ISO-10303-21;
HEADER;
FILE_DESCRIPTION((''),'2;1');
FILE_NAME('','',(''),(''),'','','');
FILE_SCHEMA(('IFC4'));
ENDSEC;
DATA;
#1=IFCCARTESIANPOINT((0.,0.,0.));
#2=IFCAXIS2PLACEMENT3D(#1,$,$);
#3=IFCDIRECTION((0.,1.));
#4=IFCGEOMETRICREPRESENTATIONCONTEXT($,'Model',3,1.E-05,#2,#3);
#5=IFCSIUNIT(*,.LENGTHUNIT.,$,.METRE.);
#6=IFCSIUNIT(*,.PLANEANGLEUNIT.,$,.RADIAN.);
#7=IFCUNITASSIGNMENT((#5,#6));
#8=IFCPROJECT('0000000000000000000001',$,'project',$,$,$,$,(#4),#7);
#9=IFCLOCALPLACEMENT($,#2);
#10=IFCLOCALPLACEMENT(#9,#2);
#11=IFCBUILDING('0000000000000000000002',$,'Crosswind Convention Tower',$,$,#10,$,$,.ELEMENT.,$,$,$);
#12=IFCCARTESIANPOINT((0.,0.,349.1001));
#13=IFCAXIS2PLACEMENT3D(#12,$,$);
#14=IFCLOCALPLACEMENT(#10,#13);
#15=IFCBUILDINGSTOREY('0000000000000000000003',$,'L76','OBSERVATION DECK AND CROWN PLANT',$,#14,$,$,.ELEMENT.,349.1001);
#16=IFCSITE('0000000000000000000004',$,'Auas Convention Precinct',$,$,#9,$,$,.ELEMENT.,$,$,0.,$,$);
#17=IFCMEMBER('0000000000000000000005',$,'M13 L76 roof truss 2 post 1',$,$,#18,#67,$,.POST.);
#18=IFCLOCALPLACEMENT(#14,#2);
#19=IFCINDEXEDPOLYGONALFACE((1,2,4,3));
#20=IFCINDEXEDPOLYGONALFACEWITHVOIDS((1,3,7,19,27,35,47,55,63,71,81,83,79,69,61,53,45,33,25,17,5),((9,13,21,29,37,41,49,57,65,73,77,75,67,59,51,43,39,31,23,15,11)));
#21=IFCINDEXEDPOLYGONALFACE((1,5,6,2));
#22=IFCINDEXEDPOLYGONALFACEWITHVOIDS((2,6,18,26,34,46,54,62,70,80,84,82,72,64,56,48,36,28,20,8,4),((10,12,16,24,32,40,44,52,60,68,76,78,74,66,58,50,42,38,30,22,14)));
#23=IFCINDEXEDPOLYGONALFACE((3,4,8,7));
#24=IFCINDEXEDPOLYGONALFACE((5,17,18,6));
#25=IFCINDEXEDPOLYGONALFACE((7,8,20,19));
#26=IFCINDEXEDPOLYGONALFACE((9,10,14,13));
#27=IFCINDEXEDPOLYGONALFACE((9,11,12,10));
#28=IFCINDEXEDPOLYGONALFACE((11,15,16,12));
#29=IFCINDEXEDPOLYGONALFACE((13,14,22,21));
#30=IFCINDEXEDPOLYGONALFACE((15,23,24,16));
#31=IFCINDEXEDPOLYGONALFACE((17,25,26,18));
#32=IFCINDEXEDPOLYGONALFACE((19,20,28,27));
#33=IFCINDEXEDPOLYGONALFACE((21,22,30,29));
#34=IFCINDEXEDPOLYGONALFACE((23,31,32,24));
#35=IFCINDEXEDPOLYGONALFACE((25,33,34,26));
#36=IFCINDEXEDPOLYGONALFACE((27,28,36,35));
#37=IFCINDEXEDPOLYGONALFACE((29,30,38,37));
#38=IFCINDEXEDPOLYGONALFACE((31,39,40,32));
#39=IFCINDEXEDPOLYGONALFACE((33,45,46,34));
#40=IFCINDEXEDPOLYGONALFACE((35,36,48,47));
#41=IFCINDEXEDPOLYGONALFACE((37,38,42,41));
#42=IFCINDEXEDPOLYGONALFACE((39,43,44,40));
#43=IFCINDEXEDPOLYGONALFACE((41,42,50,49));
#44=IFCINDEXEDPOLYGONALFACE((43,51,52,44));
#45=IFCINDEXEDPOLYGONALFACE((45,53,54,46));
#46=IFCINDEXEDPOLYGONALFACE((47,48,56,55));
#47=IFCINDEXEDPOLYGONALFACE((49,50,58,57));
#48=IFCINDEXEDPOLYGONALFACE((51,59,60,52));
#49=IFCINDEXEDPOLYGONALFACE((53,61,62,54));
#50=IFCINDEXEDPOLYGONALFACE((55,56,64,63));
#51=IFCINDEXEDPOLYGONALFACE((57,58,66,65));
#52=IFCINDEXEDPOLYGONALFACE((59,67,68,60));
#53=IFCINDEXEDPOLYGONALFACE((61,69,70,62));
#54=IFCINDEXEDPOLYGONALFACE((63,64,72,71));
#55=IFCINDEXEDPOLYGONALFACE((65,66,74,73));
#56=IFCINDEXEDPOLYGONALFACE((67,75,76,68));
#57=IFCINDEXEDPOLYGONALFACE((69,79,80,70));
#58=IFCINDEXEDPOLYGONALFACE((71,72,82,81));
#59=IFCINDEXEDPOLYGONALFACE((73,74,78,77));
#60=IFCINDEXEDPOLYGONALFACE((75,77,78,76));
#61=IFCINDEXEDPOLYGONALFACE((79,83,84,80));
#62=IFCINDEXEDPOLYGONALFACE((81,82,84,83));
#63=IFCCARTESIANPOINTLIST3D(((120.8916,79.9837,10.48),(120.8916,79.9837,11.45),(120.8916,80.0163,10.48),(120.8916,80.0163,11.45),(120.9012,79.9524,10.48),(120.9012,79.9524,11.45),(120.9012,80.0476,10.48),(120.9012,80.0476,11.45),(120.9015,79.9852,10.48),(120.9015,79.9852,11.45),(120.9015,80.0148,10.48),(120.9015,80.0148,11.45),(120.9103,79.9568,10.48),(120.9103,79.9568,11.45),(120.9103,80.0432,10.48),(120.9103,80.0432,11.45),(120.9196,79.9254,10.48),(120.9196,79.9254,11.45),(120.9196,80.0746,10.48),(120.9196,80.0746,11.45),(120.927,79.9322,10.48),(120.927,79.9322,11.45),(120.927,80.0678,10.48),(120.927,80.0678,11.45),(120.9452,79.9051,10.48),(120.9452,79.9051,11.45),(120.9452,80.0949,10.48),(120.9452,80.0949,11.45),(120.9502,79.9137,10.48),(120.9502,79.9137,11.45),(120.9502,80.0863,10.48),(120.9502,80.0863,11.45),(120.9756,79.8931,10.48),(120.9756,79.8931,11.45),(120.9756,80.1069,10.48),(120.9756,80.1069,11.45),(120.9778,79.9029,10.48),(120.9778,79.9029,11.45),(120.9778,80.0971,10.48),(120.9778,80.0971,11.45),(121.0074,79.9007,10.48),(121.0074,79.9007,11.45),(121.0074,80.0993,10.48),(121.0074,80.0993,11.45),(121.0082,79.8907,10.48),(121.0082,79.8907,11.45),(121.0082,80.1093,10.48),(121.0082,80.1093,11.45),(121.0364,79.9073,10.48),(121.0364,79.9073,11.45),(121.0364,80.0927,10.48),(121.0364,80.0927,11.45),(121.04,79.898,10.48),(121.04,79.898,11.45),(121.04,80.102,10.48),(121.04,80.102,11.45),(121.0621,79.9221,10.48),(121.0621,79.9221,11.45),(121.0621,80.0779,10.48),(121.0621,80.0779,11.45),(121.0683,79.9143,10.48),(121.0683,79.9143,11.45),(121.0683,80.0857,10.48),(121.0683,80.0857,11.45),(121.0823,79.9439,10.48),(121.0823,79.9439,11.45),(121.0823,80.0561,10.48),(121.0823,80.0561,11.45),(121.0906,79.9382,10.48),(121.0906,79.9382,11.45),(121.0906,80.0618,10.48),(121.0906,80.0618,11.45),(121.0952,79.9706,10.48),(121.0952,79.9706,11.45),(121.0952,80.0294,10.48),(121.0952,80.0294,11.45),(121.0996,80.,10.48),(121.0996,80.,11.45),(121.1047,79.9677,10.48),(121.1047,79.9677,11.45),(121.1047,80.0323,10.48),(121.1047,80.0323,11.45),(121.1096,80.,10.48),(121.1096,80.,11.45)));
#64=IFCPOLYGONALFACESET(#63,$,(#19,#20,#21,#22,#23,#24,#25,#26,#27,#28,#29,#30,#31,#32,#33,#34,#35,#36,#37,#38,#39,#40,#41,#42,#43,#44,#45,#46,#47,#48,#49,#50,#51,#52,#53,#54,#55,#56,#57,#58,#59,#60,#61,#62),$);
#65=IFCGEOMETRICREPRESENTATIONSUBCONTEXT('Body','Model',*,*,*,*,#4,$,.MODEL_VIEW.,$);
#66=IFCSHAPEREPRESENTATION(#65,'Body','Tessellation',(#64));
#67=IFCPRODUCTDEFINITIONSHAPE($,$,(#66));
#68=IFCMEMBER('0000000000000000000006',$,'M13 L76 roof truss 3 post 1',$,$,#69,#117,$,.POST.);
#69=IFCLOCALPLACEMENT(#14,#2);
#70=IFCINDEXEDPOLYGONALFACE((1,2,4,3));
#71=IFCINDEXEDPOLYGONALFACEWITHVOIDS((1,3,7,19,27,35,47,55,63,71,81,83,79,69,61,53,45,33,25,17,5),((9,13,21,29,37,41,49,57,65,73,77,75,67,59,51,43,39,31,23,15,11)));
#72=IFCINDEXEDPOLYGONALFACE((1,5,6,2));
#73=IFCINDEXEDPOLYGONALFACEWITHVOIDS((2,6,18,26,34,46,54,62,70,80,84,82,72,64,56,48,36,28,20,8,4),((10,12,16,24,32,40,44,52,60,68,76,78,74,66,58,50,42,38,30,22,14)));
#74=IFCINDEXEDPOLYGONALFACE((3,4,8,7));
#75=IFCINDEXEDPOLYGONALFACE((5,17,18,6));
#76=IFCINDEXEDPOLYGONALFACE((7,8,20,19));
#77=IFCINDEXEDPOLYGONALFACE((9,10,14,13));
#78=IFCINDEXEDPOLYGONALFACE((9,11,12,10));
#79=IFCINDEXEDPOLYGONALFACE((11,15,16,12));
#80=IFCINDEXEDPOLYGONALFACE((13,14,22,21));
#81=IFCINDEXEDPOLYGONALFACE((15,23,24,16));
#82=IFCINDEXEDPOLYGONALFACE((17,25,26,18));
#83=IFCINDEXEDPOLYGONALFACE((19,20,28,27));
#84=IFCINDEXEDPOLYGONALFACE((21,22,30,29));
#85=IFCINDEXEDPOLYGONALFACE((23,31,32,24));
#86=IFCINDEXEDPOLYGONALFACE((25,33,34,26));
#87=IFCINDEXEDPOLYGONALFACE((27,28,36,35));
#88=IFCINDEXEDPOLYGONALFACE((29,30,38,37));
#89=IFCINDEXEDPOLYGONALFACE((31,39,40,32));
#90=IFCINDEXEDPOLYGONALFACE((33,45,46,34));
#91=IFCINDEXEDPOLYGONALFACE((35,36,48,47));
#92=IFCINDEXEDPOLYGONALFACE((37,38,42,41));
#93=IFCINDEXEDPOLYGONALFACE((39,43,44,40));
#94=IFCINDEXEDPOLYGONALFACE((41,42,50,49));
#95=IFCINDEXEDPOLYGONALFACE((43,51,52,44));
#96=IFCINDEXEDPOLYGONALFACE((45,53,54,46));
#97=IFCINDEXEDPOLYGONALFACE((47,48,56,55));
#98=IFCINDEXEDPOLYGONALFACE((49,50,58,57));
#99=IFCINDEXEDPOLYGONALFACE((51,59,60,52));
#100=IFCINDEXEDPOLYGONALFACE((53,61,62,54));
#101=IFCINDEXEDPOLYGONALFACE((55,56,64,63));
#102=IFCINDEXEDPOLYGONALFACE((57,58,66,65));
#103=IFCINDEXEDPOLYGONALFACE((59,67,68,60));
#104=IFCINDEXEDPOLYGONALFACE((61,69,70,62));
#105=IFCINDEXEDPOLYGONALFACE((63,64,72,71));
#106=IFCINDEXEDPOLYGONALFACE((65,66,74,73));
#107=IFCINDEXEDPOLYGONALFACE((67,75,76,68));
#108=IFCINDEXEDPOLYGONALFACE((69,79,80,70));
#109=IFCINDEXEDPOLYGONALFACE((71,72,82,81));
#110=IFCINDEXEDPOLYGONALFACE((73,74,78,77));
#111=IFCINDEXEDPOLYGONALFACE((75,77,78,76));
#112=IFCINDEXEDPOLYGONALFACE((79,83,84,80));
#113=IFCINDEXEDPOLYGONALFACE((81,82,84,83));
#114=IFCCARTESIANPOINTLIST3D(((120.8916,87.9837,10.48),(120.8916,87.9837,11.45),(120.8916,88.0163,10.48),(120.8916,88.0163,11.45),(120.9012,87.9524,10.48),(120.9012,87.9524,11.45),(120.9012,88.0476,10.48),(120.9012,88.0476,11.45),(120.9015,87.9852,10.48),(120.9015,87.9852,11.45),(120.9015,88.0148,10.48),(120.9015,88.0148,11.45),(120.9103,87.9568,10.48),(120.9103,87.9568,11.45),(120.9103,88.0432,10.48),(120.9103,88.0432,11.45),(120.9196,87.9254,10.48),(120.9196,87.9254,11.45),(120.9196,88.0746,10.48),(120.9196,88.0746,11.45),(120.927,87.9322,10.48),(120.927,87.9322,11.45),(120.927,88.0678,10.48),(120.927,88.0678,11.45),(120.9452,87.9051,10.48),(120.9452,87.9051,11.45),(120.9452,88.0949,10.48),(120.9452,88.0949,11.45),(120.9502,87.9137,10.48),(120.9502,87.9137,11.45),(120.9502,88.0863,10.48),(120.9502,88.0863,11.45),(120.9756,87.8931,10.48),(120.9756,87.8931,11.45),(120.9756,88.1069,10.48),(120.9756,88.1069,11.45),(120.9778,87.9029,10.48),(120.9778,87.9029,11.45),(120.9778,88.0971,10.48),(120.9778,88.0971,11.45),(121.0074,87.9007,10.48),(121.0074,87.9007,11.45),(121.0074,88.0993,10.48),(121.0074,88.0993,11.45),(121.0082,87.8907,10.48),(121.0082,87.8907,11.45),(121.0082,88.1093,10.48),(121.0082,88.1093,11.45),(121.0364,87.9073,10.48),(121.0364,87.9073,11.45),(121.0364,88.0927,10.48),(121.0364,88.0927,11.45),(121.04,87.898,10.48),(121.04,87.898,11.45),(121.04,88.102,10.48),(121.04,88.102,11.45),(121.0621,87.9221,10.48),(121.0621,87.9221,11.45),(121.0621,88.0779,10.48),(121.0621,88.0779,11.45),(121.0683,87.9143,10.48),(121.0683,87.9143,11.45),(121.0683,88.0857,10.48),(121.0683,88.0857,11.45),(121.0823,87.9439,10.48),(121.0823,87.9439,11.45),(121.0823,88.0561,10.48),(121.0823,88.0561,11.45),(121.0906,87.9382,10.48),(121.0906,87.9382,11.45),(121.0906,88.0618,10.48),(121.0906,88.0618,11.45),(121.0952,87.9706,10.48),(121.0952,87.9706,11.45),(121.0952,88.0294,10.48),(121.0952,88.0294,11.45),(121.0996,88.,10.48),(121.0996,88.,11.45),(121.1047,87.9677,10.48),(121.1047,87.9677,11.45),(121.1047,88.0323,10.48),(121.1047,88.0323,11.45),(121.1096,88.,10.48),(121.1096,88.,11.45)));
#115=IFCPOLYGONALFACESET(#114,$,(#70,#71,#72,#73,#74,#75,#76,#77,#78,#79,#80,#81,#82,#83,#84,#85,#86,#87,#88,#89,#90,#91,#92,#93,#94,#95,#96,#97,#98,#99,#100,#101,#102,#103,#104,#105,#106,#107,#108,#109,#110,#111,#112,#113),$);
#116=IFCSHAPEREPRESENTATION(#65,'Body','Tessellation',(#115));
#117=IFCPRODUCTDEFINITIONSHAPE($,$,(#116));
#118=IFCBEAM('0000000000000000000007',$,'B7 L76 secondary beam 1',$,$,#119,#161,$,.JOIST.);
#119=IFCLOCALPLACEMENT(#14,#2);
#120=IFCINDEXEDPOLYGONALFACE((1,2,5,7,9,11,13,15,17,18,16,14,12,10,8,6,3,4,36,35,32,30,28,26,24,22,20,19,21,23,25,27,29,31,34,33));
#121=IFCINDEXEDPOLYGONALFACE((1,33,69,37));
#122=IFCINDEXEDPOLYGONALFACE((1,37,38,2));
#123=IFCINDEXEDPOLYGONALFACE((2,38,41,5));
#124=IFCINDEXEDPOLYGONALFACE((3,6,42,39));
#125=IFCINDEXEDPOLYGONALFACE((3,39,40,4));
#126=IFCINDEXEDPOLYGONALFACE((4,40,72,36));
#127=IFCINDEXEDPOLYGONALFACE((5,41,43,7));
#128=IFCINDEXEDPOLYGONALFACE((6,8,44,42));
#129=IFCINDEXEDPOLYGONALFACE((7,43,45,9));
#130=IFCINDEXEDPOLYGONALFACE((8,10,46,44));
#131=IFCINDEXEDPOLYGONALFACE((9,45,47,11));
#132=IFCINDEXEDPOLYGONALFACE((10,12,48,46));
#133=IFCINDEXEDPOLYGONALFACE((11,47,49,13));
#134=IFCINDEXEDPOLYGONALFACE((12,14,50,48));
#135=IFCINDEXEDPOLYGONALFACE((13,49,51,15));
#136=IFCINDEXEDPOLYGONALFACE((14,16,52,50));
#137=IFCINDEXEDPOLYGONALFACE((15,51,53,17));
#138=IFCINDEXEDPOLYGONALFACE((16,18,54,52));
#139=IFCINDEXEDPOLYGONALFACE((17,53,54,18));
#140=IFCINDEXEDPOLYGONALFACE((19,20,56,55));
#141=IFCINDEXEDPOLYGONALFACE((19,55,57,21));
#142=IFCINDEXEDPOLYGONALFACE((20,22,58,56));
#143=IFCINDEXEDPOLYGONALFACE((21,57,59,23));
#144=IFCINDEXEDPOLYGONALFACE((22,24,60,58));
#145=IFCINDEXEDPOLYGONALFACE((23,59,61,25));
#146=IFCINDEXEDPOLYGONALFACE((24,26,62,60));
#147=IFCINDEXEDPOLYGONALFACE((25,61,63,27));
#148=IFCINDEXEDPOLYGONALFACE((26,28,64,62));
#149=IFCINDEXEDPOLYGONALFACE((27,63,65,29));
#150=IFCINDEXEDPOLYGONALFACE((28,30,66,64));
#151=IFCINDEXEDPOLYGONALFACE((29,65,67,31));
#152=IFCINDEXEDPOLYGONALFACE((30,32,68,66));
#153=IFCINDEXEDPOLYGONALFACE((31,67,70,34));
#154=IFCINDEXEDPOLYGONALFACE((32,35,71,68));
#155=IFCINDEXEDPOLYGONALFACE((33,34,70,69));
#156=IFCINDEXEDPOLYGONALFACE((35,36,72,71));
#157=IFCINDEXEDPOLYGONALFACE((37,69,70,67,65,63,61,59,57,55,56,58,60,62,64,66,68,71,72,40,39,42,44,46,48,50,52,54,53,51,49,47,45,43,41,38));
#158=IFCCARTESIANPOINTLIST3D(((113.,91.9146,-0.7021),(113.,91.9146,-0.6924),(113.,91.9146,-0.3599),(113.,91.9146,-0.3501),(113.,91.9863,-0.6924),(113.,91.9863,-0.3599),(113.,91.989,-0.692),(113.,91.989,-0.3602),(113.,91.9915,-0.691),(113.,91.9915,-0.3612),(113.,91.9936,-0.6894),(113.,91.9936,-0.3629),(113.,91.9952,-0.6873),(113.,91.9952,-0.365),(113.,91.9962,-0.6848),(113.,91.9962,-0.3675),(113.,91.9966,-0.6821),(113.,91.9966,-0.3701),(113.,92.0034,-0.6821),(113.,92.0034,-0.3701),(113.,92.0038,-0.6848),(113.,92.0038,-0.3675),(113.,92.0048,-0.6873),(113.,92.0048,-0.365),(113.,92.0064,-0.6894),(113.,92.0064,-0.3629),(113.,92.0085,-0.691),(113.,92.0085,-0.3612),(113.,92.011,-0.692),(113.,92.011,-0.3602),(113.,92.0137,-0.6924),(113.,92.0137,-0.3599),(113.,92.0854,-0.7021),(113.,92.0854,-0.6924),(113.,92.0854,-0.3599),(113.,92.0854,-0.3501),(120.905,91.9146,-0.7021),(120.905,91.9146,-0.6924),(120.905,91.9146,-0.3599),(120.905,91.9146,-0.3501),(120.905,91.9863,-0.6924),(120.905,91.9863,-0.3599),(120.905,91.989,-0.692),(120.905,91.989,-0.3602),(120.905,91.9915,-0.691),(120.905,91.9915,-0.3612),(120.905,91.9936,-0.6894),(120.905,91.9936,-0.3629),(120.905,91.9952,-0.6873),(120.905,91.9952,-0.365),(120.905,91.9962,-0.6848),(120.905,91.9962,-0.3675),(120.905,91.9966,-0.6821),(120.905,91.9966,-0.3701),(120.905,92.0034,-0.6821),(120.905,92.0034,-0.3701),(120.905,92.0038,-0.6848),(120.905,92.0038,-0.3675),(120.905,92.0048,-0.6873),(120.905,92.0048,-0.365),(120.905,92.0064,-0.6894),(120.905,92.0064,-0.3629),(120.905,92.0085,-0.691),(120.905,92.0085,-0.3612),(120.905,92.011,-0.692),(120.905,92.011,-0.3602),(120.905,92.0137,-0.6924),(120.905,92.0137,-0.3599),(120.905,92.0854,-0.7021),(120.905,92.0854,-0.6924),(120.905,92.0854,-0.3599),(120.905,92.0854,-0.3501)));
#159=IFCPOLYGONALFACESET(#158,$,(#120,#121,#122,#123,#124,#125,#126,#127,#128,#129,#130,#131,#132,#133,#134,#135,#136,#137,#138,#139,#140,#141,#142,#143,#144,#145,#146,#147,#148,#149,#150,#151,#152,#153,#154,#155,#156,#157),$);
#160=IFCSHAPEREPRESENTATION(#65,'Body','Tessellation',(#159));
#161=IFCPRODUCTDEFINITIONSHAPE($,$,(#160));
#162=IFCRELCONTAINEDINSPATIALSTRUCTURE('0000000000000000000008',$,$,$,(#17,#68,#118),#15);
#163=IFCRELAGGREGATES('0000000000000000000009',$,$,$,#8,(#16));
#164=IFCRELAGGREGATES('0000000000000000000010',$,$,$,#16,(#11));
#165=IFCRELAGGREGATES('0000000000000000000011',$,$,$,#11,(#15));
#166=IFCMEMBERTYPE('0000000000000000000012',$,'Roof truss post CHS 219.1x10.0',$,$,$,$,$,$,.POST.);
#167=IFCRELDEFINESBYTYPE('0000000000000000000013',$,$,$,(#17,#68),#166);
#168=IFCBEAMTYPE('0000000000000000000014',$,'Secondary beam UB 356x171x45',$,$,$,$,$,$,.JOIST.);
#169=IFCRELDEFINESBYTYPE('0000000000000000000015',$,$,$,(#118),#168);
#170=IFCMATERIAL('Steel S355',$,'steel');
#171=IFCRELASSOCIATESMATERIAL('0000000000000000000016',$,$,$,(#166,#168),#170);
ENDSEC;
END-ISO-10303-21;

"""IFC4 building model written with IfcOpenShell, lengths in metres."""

from ifc_helpers import new_model, si_unit, direction, frame, origin, origin_2d, place, context, subcontext, project, spatial, hollow_circle, i_section, extrude, material, material_profile, profile_set, type_object, element, save


model = new_model("IFC4")

# Units and contexts
model_context = context("Model", 3, precision=1e-05, world=origin(), true_north=direction((0.0, 1.0)))
body_context = subcontext(model_context, "Body", "Model", "MODEL_VIEW")
ifc_project = project(units=[si_unit("LENGTHUNIT", "METRE"), si_unit("PLANEANGLEUNIT", "RADIAN")], contexts=[model_context])

# Site, building, storey
site_placement = place(None, origin())
site = spatial("IfcSite", under=ifc_project, at=site_placement, Name="Auas Convention Precinct", CompositionType="ELEMENT", RefElevation=0.0)
building_placement = place(site_placement, origin())
building = spatial("IfcBuilding", under=site, at=building_placement, Name="Crosswind Convention Tower", CompositionType="ELEMENT")
storey_placement = place(building_placement, frame((0.0, 0.0, 349.1001)))
storey = spatial("IfcBuildingStorey", under=building, at=storey_placement, Name="L76", Description="OBSERVATION DECK AND CROWN PLANT", CompositionType="ELEMENT", Elevation=349.1001)

# Shared definitions
ifc_material_1 = material(Name="Steel S355", Category="steel")

# Members
ifc_material_profile_1 = material_profile(ifc_material_1, hollow_circle(Radius=0.1096, WallThickness=0.01, at=origin_2d()), Name="CHS 219.1x10.0")
ifc_profile_set_1 = profile_set([ifc_material_profile_1], Name="Steel S355")
member_type_1 = type_object("IfcMemberType", Name="Roof truss post CHS 219.1x10.0", PredefinedType="POST", material=ifc_profile_set_1)
for number, where, z_axis, x_axis, name in (
    (1, (121.0, 80.0, 10.48), (0.0, 0.0, 1.0), (1.0, 0.0, 0.0), "M13 L76 roof truss 2 post 1"),
    (2, (121.0, 88.0, 10.48), (0.0, 0.0, 1.0), (1.0, 0.0, 0.0), "M13 L76 roof truss 3 post 1"),
):
    element("IfcMember", number, at=place(storey_placement, frame(where, z_axis=z_axis, x_axis=x_axis)), inside=storey, type_object=member_type_1, Name=name, PredefinedType="POST", context=body_context, shape_type="SweptSolid", body=[
        extrude(hollow_circle(Radius=0.1096, WallThickness=0.01, at=origin_2d()), origin(), (0.0, 0.0, 1.0), 0.97),
    ])

# Beam
ifc_material_profile_2 = material_profile(ifc_material_1, i_section(OverallWidth=0.1709, OverallDepth=0.3521, WebThickness=0.0068, FlangeThickness=0.0098, FilletRadius=0.0103, at=origin_2d()), Name="UB 356x171x45")
ifc_profile_set_2 = profile_set([ifc_material_profile_2], Name="Steel S355")
beam_type_1 = type_object("IfcBeamType", Name="Secondary beam UB 356x171x45", PredefinedType="JOIST", material=ifc_profile_set_2)
beam_1_placement = place(storey_placement, frame((113.0, 92.0, -0.5261), z_axis=(1.0, 0.0, 0.0), x_axis=(0.0, 1.0, 0.0)))
element("IfcBeam", 3, at=beam_1_placement, inside=storey, type_object=beam_type_1, Name="B7 L76 secondary beam 1", PredefinedType="JOIST", context=body_context, shape_type="SweptSolid", body=[
    extrude(i_section(OverallWidth=0.1709, OverallDepth=0.3521, WebThickness=0.0068, FlangeThickness=0.0098, FilletRadius=0.0103, at=origin_2d()), origin(), (0.0, 0.0, 1.0), 7.905),
])

save(model, "model.ifc")
